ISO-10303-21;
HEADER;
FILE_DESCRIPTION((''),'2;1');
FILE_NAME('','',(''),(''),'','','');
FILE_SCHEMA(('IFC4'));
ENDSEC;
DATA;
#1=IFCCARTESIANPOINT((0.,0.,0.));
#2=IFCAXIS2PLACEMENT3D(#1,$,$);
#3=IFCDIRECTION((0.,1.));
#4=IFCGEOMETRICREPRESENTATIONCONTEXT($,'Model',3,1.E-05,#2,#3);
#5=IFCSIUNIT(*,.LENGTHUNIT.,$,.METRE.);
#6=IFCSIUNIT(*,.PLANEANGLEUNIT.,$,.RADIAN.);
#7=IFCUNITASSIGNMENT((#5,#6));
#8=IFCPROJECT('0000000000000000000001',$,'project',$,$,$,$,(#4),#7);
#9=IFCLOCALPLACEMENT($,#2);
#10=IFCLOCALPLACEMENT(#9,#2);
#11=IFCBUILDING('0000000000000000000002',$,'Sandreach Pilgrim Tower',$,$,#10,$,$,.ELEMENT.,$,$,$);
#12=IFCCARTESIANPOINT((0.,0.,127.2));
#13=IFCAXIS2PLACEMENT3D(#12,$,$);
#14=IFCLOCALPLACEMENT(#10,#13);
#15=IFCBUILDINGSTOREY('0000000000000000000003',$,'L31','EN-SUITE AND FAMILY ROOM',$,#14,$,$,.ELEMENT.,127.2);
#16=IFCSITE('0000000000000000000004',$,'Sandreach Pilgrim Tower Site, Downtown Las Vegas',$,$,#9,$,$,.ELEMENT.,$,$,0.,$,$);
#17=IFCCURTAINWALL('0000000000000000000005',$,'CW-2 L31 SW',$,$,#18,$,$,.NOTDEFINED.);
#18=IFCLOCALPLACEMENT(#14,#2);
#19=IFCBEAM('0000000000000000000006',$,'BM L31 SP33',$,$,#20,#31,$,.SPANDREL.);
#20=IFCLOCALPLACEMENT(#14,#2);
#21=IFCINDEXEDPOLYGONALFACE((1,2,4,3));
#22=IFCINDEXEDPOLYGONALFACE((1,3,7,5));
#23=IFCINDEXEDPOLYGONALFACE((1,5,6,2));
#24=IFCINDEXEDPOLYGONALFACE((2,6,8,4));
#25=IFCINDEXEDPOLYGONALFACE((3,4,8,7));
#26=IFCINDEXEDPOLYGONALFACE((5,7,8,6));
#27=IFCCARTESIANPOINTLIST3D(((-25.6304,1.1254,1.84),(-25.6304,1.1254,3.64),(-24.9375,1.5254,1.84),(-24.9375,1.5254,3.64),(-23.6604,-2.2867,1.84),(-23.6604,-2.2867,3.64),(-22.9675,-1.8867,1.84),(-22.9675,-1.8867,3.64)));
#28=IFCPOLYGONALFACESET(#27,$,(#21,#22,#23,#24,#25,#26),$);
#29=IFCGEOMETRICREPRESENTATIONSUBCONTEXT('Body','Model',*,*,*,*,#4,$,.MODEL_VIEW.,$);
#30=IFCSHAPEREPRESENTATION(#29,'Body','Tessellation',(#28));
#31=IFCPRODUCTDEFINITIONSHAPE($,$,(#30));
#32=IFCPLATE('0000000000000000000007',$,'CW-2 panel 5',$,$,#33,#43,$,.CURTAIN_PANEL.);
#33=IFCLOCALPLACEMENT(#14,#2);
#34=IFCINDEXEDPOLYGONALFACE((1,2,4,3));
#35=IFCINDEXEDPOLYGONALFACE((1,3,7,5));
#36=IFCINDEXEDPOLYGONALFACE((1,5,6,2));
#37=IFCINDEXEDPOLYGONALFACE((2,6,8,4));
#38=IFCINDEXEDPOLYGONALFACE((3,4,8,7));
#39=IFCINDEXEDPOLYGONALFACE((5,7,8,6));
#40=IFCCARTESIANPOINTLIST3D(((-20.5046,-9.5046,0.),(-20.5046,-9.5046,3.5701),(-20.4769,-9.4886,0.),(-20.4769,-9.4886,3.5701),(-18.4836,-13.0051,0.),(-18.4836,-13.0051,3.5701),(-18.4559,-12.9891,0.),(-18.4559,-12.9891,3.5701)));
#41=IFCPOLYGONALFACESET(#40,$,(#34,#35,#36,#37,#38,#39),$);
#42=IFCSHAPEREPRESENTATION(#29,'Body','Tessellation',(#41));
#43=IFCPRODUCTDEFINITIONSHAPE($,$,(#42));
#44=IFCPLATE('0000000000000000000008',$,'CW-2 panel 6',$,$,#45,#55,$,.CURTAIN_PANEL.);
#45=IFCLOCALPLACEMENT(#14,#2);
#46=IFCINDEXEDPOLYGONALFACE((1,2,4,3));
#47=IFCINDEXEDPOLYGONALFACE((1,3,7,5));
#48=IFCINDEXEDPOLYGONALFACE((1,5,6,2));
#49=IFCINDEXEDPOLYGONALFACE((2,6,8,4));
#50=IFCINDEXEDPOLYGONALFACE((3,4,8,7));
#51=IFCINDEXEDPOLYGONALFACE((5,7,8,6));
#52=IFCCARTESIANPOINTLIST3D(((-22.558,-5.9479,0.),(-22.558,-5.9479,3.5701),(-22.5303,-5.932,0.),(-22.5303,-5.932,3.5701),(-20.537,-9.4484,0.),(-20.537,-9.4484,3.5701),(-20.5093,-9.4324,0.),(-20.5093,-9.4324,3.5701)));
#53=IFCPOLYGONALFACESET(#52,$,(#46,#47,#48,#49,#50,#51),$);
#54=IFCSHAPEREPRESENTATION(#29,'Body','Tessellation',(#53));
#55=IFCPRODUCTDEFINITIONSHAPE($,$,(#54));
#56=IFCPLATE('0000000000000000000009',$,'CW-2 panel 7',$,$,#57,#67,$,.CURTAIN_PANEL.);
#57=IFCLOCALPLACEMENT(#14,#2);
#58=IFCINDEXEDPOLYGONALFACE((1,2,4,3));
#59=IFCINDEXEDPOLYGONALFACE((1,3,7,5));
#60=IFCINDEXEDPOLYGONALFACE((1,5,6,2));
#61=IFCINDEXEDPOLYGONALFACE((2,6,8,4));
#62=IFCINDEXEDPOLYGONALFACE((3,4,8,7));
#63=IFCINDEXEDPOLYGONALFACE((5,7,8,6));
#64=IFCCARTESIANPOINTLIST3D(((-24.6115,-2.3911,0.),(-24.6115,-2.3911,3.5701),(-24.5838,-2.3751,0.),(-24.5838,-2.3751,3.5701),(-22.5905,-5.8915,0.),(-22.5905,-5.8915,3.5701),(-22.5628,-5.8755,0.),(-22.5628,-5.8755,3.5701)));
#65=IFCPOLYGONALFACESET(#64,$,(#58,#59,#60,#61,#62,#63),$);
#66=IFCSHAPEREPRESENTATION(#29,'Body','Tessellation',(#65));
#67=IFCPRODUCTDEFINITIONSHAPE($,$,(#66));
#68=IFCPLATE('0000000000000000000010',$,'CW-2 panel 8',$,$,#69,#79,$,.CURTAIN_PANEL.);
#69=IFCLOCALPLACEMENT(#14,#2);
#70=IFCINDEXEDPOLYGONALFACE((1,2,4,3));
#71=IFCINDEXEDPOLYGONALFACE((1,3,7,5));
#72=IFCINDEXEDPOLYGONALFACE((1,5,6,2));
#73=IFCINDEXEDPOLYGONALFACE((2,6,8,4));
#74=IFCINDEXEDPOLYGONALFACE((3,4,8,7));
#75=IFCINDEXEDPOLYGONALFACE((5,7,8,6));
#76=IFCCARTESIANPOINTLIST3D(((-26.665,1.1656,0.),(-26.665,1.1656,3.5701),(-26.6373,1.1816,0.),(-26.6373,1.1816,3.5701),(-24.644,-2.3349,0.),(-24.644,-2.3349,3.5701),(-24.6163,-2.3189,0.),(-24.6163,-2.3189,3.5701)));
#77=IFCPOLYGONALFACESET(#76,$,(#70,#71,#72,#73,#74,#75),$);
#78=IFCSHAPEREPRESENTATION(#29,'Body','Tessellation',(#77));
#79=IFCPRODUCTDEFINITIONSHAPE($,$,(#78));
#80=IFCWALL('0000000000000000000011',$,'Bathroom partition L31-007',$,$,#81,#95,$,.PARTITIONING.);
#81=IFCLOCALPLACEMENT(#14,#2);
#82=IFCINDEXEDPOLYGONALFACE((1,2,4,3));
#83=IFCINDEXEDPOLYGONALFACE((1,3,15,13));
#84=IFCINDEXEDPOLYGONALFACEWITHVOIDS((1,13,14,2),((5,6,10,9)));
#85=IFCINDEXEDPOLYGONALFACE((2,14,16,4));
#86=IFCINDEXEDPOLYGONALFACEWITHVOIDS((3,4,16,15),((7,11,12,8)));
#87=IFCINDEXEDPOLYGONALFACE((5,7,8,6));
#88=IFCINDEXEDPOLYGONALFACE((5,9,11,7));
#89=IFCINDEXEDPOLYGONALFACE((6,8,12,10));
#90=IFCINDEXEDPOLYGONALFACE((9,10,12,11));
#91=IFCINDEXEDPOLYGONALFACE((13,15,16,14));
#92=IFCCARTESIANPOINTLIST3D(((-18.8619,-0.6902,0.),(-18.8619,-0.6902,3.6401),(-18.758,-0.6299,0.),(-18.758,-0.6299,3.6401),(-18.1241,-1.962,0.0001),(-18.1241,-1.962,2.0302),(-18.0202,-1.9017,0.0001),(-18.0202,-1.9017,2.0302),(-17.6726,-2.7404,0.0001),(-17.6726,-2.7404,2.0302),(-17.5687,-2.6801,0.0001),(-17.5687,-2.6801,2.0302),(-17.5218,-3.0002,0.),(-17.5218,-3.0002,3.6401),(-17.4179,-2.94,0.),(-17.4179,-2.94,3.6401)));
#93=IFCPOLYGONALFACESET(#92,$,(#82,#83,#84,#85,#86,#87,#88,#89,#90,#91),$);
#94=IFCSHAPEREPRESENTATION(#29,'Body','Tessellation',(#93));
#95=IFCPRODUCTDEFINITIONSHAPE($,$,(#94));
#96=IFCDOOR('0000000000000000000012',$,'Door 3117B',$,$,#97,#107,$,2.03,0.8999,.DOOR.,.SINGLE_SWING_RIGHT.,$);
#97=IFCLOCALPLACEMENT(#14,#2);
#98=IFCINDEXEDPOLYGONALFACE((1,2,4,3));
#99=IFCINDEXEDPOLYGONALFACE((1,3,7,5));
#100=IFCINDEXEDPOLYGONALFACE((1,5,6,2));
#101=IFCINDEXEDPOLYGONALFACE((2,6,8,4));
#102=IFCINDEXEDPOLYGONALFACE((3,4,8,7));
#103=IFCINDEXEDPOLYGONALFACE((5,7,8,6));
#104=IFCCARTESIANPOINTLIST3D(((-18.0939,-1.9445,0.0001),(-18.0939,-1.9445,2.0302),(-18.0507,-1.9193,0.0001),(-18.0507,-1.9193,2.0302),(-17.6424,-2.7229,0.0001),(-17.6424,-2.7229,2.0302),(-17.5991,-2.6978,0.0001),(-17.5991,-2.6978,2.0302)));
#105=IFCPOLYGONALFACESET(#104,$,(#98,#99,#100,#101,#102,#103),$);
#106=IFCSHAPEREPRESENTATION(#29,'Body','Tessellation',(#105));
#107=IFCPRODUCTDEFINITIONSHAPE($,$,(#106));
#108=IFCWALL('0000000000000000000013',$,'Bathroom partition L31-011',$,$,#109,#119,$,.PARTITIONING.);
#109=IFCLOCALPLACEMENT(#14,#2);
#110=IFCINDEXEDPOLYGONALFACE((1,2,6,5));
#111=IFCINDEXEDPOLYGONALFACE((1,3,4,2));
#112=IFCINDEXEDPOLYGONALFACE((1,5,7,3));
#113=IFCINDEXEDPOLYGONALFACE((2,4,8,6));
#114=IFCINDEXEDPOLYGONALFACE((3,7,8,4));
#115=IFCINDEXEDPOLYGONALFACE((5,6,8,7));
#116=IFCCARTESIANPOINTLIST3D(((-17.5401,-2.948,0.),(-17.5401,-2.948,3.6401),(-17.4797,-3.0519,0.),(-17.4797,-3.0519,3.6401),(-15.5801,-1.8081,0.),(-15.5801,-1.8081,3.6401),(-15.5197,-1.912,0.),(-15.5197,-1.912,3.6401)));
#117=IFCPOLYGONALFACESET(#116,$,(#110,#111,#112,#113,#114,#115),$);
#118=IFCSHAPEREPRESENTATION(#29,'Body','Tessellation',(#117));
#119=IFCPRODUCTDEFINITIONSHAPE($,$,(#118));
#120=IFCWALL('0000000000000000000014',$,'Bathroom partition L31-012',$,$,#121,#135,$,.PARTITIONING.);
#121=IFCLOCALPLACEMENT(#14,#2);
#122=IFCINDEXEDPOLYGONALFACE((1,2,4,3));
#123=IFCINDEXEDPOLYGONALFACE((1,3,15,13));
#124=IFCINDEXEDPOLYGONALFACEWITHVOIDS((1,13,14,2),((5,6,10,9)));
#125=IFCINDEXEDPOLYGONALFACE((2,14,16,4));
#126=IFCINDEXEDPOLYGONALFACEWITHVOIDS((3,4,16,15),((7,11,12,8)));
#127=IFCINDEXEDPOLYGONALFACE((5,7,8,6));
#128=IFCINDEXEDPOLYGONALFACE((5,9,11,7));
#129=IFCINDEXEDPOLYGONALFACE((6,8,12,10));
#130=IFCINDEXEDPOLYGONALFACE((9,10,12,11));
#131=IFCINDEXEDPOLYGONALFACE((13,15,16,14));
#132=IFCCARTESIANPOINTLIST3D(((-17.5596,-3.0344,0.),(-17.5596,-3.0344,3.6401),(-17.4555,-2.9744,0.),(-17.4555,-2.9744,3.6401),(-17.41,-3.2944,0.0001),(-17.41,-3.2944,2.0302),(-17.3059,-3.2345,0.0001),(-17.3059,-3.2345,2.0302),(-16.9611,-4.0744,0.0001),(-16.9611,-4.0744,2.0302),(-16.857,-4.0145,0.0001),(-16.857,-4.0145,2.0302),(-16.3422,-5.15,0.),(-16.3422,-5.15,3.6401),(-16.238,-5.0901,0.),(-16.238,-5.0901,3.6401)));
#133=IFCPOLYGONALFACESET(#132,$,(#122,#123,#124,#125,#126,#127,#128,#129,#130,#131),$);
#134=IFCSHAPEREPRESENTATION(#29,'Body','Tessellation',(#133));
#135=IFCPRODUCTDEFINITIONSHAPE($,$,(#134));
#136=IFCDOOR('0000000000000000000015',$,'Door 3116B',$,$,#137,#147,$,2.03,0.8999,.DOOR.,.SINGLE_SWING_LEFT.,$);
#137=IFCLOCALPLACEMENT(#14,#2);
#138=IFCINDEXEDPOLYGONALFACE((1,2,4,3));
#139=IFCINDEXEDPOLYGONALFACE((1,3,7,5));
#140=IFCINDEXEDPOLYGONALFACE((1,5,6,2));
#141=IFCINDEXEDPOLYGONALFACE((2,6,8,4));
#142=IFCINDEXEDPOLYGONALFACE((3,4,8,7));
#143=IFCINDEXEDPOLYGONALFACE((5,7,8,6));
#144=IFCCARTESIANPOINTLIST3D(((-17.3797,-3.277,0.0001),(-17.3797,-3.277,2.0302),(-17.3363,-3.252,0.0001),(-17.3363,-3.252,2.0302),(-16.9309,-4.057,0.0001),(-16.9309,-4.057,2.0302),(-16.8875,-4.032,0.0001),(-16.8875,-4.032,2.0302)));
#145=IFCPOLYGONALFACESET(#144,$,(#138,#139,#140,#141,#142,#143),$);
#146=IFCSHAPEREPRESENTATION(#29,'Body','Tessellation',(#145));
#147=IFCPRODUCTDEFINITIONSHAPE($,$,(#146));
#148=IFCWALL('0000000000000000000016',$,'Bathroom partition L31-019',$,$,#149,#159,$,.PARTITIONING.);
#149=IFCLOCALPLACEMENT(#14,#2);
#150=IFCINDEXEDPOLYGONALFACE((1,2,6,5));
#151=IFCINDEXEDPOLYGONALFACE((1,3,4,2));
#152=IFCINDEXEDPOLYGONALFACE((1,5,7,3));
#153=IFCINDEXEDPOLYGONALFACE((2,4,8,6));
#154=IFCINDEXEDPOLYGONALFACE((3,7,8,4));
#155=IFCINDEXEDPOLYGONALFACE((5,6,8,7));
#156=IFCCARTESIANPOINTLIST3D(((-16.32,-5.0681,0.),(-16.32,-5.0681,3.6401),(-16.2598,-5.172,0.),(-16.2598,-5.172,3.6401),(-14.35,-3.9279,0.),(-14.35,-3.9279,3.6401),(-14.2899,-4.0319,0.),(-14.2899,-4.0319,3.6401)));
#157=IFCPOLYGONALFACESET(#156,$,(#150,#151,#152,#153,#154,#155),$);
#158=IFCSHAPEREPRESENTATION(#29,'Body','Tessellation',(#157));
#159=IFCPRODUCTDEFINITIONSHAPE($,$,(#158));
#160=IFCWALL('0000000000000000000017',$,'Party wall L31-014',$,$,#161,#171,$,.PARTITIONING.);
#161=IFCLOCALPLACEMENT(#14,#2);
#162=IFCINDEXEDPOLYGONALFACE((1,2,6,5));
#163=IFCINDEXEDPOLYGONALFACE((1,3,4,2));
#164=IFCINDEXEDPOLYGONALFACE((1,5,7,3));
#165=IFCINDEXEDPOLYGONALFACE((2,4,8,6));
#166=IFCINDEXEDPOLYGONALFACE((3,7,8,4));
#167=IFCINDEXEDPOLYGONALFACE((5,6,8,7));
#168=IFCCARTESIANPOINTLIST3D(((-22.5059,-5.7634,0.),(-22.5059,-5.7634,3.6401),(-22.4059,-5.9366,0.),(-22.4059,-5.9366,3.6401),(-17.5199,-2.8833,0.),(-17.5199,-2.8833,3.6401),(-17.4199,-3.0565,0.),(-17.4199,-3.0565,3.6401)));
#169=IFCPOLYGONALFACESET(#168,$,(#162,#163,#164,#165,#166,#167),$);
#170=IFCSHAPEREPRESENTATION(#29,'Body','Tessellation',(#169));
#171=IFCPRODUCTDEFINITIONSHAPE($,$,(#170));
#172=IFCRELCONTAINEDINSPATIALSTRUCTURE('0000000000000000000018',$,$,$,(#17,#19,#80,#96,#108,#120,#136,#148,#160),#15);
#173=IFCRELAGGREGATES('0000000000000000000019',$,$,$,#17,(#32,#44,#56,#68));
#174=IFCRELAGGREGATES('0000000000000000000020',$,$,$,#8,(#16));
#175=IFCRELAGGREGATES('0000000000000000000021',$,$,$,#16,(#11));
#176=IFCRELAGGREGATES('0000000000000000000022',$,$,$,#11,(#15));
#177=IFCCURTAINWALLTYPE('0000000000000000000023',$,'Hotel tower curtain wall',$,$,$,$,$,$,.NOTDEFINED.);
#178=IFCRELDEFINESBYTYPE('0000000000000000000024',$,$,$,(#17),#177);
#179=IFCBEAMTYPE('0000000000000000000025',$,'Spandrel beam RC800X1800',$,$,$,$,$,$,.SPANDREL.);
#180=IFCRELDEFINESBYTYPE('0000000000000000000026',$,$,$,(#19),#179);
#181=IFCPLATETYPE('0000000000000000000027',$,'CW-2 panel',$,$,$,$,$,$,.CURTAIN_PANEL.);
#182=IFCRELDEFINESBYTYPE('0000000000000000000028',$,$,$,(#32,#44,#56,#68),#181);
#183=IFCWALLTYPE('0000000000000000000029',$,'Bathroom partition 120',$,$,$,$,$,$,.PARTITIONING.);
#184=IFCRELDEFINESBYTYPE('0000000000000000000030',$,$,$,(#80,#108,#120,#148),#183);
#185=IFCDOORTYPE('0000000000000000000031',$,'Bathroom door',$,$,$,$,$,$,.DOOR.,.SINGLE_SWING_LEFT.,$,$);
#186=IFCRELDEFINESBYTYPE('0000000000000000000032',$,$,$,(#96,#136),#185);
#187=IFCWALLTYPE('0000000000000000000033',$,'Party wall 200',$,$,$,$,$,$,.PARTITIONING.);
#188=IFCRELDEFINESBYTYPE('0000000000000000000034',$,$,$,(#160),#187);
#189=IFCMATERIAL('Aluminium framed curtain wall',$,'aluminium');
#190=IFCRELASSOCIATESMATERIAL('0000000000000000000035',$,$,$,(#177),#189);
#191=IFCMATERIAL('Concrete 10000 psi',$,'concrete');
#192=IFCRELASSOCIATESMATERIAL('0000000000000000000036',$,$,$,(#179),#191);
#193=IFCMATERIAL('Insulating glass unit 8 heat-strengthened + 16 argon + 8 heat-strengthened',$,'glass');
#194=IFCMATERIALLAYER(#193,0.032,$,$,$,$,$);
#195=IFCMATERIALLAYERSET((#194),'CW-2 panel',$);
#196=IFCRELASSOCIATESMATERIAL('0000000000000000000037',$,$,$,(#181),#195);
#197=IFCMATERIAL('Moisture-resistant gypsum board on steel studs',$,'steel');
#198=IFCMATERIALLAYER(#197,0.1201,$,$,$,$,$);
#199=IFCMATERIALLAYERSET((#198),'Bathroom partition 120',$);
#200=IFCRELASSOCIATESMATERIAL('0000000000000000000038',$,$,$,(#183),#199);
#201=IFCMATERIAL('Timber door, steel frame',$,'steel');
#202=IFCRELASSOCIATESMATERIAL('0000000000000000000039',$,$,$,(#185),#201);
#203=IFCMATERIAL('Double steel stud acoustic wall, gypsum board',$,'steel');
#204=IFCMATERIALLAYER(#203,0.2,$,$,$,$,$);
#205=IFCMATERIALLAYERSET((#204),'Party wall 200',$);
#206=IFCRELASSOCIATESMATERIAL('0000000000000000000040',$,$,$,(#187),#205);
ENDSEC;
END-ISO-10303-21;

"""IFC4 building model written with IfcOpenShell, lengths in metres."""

from ifc_helpers import new_model, si_unit, direction, frame, frame_2d, origin, origin_2d, place, context, subcontext, project, spatial, rectangle, extrude, material, layer, layer_set, material_profile, profile_set, type_object, element, fill, aggregate, save


model = new_model("IFC4")

# Units and contexts
model_context = context("Model", 3, precision=1e-05, world=origin(), true_north=direction((0.0, 1.0)))
body_context = subcontext(model_context, "Body", "Model", "MODEL_VIEW")
ifc_project = project(units=[si_unit("LENGTHUNIT", "METRE"), si_unit("PLANEANGLEUNIT", "RADIAN")], contexts=[model_context])

# Site, building, storey
site_placement = place(None, origin())
site = spatial("IfcSite", under=ifc_project, at=site_placement, Name="Sandreach Pilgrim Tower Site, Downtown Las Vegas", CompositionType="ELEMENT", RefElevation=0.0)
building_placement = place(site_placement, origin())
building = spatial("IfcBuilding", under=site, at=building_placement, Name="Sandreach Pilgrim Tower", CompositionType="ELEMENT")
storey_placement = place(building_placement, frame((0.0, 0.0, 127.2)))
storey = spatial("IfcBuildingStorey", under=building, at=storey_placement, Name="L31", Description="EN-SUITE AND FAMILY ROOM", CompositionType="ELEMENT", Elevation=127.2)

# Curtain wall
ifc_material_1 = material(Name="Aluminium framed curtain wall", Category="aluminium")
curtain_wall_type = type_object("IfcCurtainWallType", Name="Hotel tower curtain wall", PredefinedType="NOTDEFINED", material=ifc_material_1)
curtain_wall_placement = place(storey_placement, origin())
curtain_wall = element("IfcCurtainWall", 1, at=curtain_wall_placement, inside=storey, type_object=curtain_wall_type, Name="CW-2 L31 SW", PredefinedType="NOTDEFINED")

# Beam
ifc_material_2 = material(Name="Concrete 10000 psi", Category="concrete")
ifc_material_profile_1 = material_profile(ifc_material_2, rectangle(XDim=0.8, YDim=1.8, at=origin_2d()), Name="RC800X1800")
ifc_profile_set_1 = profile_set([ifc_material_profile_1], Name="Concrete 10000 psi")
beam_type_1 = type_object("IfcBeamType", Name="Spandrel beam RC800X1800", PredefinedType="SPANDREL", material=ifc_profile_set_1)
for number, where, z_axis, x_axis, name in (
    (2, (-23.314, -2.0867, 2.74), (-0.499998, 0.866027, 0.0), (-0.866027, -0.499998, 0.0), "BM L31 SP33"),
):
    element("IfcBeam", number, at=place(storey_placement, frame(where, z_axis=z_axis, x_axis=x_axis)), inside=storey, type_object=beam_type_1, Name=name, PredefinedType="SPANDREL", context=body_context, shape_type="SweptSolid", body=[
        extrude(rectangle(XDim=0.8, YDim=1.8, at=origin_2d()), origin(), (0.0, 0.0, 1.0), 3.9399),
    ])

# Plates
ifc_material_3 = material(Name="Insulating glass unit 8 heat-strengthened + 16 argon + 8 heat-strengthened", Category="glass")
ifc_layer_1 = layer(ifc_material_3, 0.032)
ifc_layer_set_1 = layer_set([ifc_layer_1], Name="CW-2 panel")
plate_type = type_object("IfcPlateType", Name="CW-2 panel", PredefinedType="CURTAIN_PANEL", material=ifc_layer_set_1)
plate_1_placement = place(storey_placement, frame((-19.4802, -11.2468, 0.0), z_axis=(0.0, 0.0, 1.0), x_axis=(-0.5, 0.866025, 0.0)))
plate_1 = element("IfcPlate", 3, at=plate_1_placement, type_object=plate_type, Name="CW-2 panel 5", PredefinedType="CURTAIN_PANEL", context=body_context, shape_type="SweptSolid", body=[
    extrude(rectangle(XDim=4.042, YDim=0.032, at=origin_2d()), origin(), (0.0, 0.0, 1.0), 3.5701),
])
plate_2_placement = place(storey_placement, frame((-21.5337, -7.6902, 0.0), z_axis=(0.0, 0.0, 1.0), x_axis=(-0.5, 0.866025, 0.0)))
plate_2 = element("IfcPlate", 4, at=plate_2_placement, type_object=plate_type, Name="CW-2 panel 6", PredefinedType="CURTAIN_PANEL", context=body_context, shape_type="SweptSolid", body=[
    extrude(rectangle(XDim=4.042, YDim=0.032, at=origin_2d()), origin(), (0.0, 0.0, 1.0), 3.5701),
])
plate_3_placement = place(storey_placement, frame((-23.5872, -4.1333, 0.0), z_axis=(0.0, 0.0, 1.0), x_axis=(-0.5, 0.866025, 0.0)))
plate_3 = element("IfcPlate", 5, at=plate_3_placement, type_object=plate_type, Name="CW-2 panel 7", PredefinedType="CURTAIN_PANEL", context=body_context, shape_type="SweptSolid", body=[
    extrude(rectangle(XDim=4.042, YDim=0.032, at=origin_2d()), origin(), (0.0, 0.0, 1.0), 3.5701),
])
plate_4_placement = place(storey_placement, frame((-25.6406, -0.5767, 0.0), z_axis=(0.0, 0.0, 1.0), x_axis=(-0.5, 0.866025, 0.0)))
plate_4 = element("IfcPlate", 6, at=plate_4_placement, type_object=plate_type, Name="CW-2 panel 8", PredefinedType="CURTAIN_PANEL", context=body_context, shape_type="SweptSolid", body=[
    extrude(rectangle(XDim=4.042, YDim=0.032, at=origin_2d()), origin(), (0.0, 0.0, 1.0), 3.5701),
])
aggregate(curtain_wall, [plate_1, plate_2, plate_3, plate_4])

# Wall, opening, door
ifc_material_4 = material(Name="Moisture-resistant gypsum board on steel studs", Category="steel")
ifc_layer_2 = layer(ifc_material_4, 0.1201)
ifc_layer_set_2 = layer_set([ifc_layer_2], Name="Bathroom partition 120")
wall_type_1 = type_object("IfcWallType", Name="Bathroom partition 120", PredefinedType="PARTITIONING", material=ifc_layer_set_2)
wall_1_placement = place(storey_placement, frame((-18.8101, -0.6599, 0.0), z_axis=(0.0, 0.0, 1.0), x_axis=(0.501789, -0.86499, 0.0)))
wall_1 = element("IfcWall", 7, at=wall_1_placement, inside=storey, type_object=wall_type_1, Name="Bathroom partition L31-007", PredefinedType="PARTITIONING", context=body_context, shape_type="SweptSolid", body=[
    extrude(rectangle(XDim=2.6707, YDim=0.1201, at=frame_2d((1.3354, 0.0))), origin(), (0.0, 0.0, 1.0), 3.6401),
])
opening_1_placement = place(wall_1_placement, frame((1.4705, 0.0, 0.0)))
opening_1 = element("IfcOpeningElement", 8, at=opening_1_placement, cuts=wall_1, PredefinedType="OPENING", context=body_context, shape_type="SweptSolid", body=[
    extrude(rectangle(XDim=0.8999, YDim=2.03, at=frame_2d((0.45, 1.0151))), frame((0.0, 0.0601, 0.0), z_axis=(0.0, -1.0, 0.0), x_axis=(1.0, 0.0, 0.0)), (0.0, 0.0, 1.0), 0.1201),
])
ifc_material_5 = material(Name="Timber door, steel frame", Category="steel")
door_type = type_object("IfcDoorType", Name="Bathroom door", OperationType="SINGLE_SWING_LEFT", PredefinedType="DOOR", material=ifc_material_5)
door_1_placement = place(opening_1_placement, origin())
door_1 = element("IfcDoor", 9, at=door_1_placement, inside=storey, type_object=door_type, Name="Door 3117B", OperationType="SINGLE_SWING_RIGHT", OverallHeight=2.03, OverallWidth=0.8999, PredefinedType="DOOR", context=body_context, shape_type="SweptSolid", body=[
    extrude(rectangle(XDim=0.8999, YDim=2.03, at=frame_2d((0.45, 1.0151))), frame((0.0, 0.0249, 0.0), z_axis=(0.0, -1.0, 0.0), x_axis=(1.0, 0.0, 0.0)), (0.0, 0.0, 1.0), 0.05),
])
fill(opening_1, door_1)

# Wall
wall_2_placement = place(storey_placement, frame((-17.51, -3.0, 0.0), z_axis=(0.0, 0.0, 1.0), x_axis=(0.864434, 0.502746, 0.0)))
element("IfcWall", 10, at=wall_2_placement, inside=storey, type_object=wall_type_1, Name="Bathroom partition L31-011", PredefinedType="PARTITIONING", context=body_context, shape_type="SweptSolid", body=[
    extrude(rectangle(XDim=2.2673, YDim=0.1201, at=frame_2d((1.1338, 0.0))), origin(), (0.0, 0.0, 1.0), 3.6401),
])

# Wall, opening, door
wall_3_placement = place(storey_placement, frame((-17.5076, -3.0044, 0.0), z_axis=(0.0, 0.0, 1.0), x_axis=(0.498776, -0.866731, 0.0)))
wall_3 = element("IfcWall", 11, at=wall_3_placement, inside=storey, type_object=wall_type_1, Name="Bathroom partition L31-012", PredefinedType="PARTITIONING", context=body_context, shape_type="SweptSolid", body=[
    extrude(rectangle(XDim=2.4409, YDim=0.1201, at=frame_2d((1.2205, 0.0))), origin(), (0.0, 0.0, 1.0), 3.6401),
])
opening_2_placement = place(wall_3_placement, frame((0.3, 0.0, 0.0)))
opening_2 = element("IfcOpeningElement", 12, at=opening_2_placement, cuts=wall_3, PredefinedType="OPENING", context=body_context, shape_type="SweptSolid", body=[
    extrude(rectangle(XDim=0.8999, YDim=2.03, at=frame_2d((0.45, 1.0151))), frame((0.0, 0.0601, 0.0), z_axis=(0.0, -1.0, 0.0), x_axis=(1.0, 0.0, 0.0)), (0.0, 0.0, 1.0), 0.1201),
])
door_2_placement = place(opening_2_placement, origin())
door_2 = element("IfcDoor", 13, at=door_2_placement, inside=storey, type_object=door_type, Name="Door 3116B", OperationType="SINGLE_SWING_LEFT", OverallHeight=2.03, OverallWidth=0.8999, PredefinedType="DOOR", context=body_context, shape_type="SweptSolid", body=[
    extrude(rectangle(XDim=0.8999, YDim=2.03, at=frame_2d((0.45, 1.0151))), frame((0.0, 0.0249, 0.0), z_axis=(0.0, -1.0, 0.0), x_axis=(1.0, 0.0, 0.0)), (0.0, 0.0, 1.0), 0.05),
])
fill(opening_2, door_2)

# Walls
wall_4_placement = place(storey_placement, frame((-16.29, -5.1201, 0.0), z_axis=(0.0, 0.0, 1.0), x_axis=(0.865497, 0.500914, 0.0)))
element("IfcWall", 14, at=wall_4_placement, inside=storey, type_object=wall_type_1, Name="Bathroom partition L31-019", PredefinedType="PARTITIONING", context=body_context, shape_type="SweptSolid", body=[
    extrude(rectangle(XDim=2.2761, YDim=0.1201, at=frame_2d((1.1382, 0.0))), origin(), (0.0, 0.0, 1.0), 3.6401),
])
ifc_material_6 = material(Name="Double steel stud acoustic wall, gypsum board", Category="steel")
ifc_layer_3 = layer(ifc_material_6, 0.2)
ifc_layer_set_3 = layer_set([ifc_layer_3], Name="Party wall 200")
wall_type_2 = type_object("IfcWallType", Name="Party wall 200", PredefinedType="PARTITIONING", material=ifc_layer_set_3)
wall_5_placement = place(storey_placement, frame((-17.47, -2.97, 0.0), z_axis=(0.0, 0.0, 1.0), x_axis=(-0.865919, -0.500184, 0.0)))
element("IfcWall", 15, at=wall_5_placement, inside=storey, type_object=wall_type_2, Name="Party wall L31-014", PredefinedType="PARTITIONING", context=body_context, shape_type="SweptSolid", body=[
    extrude(rectangle(XDim=5.7581, YDim=0.2, at=frame_2d((2.8789, 0.0))), origin(), (0.0, 0.0, 1.0), 3.6401),
])

save(model, "model.ifc")
